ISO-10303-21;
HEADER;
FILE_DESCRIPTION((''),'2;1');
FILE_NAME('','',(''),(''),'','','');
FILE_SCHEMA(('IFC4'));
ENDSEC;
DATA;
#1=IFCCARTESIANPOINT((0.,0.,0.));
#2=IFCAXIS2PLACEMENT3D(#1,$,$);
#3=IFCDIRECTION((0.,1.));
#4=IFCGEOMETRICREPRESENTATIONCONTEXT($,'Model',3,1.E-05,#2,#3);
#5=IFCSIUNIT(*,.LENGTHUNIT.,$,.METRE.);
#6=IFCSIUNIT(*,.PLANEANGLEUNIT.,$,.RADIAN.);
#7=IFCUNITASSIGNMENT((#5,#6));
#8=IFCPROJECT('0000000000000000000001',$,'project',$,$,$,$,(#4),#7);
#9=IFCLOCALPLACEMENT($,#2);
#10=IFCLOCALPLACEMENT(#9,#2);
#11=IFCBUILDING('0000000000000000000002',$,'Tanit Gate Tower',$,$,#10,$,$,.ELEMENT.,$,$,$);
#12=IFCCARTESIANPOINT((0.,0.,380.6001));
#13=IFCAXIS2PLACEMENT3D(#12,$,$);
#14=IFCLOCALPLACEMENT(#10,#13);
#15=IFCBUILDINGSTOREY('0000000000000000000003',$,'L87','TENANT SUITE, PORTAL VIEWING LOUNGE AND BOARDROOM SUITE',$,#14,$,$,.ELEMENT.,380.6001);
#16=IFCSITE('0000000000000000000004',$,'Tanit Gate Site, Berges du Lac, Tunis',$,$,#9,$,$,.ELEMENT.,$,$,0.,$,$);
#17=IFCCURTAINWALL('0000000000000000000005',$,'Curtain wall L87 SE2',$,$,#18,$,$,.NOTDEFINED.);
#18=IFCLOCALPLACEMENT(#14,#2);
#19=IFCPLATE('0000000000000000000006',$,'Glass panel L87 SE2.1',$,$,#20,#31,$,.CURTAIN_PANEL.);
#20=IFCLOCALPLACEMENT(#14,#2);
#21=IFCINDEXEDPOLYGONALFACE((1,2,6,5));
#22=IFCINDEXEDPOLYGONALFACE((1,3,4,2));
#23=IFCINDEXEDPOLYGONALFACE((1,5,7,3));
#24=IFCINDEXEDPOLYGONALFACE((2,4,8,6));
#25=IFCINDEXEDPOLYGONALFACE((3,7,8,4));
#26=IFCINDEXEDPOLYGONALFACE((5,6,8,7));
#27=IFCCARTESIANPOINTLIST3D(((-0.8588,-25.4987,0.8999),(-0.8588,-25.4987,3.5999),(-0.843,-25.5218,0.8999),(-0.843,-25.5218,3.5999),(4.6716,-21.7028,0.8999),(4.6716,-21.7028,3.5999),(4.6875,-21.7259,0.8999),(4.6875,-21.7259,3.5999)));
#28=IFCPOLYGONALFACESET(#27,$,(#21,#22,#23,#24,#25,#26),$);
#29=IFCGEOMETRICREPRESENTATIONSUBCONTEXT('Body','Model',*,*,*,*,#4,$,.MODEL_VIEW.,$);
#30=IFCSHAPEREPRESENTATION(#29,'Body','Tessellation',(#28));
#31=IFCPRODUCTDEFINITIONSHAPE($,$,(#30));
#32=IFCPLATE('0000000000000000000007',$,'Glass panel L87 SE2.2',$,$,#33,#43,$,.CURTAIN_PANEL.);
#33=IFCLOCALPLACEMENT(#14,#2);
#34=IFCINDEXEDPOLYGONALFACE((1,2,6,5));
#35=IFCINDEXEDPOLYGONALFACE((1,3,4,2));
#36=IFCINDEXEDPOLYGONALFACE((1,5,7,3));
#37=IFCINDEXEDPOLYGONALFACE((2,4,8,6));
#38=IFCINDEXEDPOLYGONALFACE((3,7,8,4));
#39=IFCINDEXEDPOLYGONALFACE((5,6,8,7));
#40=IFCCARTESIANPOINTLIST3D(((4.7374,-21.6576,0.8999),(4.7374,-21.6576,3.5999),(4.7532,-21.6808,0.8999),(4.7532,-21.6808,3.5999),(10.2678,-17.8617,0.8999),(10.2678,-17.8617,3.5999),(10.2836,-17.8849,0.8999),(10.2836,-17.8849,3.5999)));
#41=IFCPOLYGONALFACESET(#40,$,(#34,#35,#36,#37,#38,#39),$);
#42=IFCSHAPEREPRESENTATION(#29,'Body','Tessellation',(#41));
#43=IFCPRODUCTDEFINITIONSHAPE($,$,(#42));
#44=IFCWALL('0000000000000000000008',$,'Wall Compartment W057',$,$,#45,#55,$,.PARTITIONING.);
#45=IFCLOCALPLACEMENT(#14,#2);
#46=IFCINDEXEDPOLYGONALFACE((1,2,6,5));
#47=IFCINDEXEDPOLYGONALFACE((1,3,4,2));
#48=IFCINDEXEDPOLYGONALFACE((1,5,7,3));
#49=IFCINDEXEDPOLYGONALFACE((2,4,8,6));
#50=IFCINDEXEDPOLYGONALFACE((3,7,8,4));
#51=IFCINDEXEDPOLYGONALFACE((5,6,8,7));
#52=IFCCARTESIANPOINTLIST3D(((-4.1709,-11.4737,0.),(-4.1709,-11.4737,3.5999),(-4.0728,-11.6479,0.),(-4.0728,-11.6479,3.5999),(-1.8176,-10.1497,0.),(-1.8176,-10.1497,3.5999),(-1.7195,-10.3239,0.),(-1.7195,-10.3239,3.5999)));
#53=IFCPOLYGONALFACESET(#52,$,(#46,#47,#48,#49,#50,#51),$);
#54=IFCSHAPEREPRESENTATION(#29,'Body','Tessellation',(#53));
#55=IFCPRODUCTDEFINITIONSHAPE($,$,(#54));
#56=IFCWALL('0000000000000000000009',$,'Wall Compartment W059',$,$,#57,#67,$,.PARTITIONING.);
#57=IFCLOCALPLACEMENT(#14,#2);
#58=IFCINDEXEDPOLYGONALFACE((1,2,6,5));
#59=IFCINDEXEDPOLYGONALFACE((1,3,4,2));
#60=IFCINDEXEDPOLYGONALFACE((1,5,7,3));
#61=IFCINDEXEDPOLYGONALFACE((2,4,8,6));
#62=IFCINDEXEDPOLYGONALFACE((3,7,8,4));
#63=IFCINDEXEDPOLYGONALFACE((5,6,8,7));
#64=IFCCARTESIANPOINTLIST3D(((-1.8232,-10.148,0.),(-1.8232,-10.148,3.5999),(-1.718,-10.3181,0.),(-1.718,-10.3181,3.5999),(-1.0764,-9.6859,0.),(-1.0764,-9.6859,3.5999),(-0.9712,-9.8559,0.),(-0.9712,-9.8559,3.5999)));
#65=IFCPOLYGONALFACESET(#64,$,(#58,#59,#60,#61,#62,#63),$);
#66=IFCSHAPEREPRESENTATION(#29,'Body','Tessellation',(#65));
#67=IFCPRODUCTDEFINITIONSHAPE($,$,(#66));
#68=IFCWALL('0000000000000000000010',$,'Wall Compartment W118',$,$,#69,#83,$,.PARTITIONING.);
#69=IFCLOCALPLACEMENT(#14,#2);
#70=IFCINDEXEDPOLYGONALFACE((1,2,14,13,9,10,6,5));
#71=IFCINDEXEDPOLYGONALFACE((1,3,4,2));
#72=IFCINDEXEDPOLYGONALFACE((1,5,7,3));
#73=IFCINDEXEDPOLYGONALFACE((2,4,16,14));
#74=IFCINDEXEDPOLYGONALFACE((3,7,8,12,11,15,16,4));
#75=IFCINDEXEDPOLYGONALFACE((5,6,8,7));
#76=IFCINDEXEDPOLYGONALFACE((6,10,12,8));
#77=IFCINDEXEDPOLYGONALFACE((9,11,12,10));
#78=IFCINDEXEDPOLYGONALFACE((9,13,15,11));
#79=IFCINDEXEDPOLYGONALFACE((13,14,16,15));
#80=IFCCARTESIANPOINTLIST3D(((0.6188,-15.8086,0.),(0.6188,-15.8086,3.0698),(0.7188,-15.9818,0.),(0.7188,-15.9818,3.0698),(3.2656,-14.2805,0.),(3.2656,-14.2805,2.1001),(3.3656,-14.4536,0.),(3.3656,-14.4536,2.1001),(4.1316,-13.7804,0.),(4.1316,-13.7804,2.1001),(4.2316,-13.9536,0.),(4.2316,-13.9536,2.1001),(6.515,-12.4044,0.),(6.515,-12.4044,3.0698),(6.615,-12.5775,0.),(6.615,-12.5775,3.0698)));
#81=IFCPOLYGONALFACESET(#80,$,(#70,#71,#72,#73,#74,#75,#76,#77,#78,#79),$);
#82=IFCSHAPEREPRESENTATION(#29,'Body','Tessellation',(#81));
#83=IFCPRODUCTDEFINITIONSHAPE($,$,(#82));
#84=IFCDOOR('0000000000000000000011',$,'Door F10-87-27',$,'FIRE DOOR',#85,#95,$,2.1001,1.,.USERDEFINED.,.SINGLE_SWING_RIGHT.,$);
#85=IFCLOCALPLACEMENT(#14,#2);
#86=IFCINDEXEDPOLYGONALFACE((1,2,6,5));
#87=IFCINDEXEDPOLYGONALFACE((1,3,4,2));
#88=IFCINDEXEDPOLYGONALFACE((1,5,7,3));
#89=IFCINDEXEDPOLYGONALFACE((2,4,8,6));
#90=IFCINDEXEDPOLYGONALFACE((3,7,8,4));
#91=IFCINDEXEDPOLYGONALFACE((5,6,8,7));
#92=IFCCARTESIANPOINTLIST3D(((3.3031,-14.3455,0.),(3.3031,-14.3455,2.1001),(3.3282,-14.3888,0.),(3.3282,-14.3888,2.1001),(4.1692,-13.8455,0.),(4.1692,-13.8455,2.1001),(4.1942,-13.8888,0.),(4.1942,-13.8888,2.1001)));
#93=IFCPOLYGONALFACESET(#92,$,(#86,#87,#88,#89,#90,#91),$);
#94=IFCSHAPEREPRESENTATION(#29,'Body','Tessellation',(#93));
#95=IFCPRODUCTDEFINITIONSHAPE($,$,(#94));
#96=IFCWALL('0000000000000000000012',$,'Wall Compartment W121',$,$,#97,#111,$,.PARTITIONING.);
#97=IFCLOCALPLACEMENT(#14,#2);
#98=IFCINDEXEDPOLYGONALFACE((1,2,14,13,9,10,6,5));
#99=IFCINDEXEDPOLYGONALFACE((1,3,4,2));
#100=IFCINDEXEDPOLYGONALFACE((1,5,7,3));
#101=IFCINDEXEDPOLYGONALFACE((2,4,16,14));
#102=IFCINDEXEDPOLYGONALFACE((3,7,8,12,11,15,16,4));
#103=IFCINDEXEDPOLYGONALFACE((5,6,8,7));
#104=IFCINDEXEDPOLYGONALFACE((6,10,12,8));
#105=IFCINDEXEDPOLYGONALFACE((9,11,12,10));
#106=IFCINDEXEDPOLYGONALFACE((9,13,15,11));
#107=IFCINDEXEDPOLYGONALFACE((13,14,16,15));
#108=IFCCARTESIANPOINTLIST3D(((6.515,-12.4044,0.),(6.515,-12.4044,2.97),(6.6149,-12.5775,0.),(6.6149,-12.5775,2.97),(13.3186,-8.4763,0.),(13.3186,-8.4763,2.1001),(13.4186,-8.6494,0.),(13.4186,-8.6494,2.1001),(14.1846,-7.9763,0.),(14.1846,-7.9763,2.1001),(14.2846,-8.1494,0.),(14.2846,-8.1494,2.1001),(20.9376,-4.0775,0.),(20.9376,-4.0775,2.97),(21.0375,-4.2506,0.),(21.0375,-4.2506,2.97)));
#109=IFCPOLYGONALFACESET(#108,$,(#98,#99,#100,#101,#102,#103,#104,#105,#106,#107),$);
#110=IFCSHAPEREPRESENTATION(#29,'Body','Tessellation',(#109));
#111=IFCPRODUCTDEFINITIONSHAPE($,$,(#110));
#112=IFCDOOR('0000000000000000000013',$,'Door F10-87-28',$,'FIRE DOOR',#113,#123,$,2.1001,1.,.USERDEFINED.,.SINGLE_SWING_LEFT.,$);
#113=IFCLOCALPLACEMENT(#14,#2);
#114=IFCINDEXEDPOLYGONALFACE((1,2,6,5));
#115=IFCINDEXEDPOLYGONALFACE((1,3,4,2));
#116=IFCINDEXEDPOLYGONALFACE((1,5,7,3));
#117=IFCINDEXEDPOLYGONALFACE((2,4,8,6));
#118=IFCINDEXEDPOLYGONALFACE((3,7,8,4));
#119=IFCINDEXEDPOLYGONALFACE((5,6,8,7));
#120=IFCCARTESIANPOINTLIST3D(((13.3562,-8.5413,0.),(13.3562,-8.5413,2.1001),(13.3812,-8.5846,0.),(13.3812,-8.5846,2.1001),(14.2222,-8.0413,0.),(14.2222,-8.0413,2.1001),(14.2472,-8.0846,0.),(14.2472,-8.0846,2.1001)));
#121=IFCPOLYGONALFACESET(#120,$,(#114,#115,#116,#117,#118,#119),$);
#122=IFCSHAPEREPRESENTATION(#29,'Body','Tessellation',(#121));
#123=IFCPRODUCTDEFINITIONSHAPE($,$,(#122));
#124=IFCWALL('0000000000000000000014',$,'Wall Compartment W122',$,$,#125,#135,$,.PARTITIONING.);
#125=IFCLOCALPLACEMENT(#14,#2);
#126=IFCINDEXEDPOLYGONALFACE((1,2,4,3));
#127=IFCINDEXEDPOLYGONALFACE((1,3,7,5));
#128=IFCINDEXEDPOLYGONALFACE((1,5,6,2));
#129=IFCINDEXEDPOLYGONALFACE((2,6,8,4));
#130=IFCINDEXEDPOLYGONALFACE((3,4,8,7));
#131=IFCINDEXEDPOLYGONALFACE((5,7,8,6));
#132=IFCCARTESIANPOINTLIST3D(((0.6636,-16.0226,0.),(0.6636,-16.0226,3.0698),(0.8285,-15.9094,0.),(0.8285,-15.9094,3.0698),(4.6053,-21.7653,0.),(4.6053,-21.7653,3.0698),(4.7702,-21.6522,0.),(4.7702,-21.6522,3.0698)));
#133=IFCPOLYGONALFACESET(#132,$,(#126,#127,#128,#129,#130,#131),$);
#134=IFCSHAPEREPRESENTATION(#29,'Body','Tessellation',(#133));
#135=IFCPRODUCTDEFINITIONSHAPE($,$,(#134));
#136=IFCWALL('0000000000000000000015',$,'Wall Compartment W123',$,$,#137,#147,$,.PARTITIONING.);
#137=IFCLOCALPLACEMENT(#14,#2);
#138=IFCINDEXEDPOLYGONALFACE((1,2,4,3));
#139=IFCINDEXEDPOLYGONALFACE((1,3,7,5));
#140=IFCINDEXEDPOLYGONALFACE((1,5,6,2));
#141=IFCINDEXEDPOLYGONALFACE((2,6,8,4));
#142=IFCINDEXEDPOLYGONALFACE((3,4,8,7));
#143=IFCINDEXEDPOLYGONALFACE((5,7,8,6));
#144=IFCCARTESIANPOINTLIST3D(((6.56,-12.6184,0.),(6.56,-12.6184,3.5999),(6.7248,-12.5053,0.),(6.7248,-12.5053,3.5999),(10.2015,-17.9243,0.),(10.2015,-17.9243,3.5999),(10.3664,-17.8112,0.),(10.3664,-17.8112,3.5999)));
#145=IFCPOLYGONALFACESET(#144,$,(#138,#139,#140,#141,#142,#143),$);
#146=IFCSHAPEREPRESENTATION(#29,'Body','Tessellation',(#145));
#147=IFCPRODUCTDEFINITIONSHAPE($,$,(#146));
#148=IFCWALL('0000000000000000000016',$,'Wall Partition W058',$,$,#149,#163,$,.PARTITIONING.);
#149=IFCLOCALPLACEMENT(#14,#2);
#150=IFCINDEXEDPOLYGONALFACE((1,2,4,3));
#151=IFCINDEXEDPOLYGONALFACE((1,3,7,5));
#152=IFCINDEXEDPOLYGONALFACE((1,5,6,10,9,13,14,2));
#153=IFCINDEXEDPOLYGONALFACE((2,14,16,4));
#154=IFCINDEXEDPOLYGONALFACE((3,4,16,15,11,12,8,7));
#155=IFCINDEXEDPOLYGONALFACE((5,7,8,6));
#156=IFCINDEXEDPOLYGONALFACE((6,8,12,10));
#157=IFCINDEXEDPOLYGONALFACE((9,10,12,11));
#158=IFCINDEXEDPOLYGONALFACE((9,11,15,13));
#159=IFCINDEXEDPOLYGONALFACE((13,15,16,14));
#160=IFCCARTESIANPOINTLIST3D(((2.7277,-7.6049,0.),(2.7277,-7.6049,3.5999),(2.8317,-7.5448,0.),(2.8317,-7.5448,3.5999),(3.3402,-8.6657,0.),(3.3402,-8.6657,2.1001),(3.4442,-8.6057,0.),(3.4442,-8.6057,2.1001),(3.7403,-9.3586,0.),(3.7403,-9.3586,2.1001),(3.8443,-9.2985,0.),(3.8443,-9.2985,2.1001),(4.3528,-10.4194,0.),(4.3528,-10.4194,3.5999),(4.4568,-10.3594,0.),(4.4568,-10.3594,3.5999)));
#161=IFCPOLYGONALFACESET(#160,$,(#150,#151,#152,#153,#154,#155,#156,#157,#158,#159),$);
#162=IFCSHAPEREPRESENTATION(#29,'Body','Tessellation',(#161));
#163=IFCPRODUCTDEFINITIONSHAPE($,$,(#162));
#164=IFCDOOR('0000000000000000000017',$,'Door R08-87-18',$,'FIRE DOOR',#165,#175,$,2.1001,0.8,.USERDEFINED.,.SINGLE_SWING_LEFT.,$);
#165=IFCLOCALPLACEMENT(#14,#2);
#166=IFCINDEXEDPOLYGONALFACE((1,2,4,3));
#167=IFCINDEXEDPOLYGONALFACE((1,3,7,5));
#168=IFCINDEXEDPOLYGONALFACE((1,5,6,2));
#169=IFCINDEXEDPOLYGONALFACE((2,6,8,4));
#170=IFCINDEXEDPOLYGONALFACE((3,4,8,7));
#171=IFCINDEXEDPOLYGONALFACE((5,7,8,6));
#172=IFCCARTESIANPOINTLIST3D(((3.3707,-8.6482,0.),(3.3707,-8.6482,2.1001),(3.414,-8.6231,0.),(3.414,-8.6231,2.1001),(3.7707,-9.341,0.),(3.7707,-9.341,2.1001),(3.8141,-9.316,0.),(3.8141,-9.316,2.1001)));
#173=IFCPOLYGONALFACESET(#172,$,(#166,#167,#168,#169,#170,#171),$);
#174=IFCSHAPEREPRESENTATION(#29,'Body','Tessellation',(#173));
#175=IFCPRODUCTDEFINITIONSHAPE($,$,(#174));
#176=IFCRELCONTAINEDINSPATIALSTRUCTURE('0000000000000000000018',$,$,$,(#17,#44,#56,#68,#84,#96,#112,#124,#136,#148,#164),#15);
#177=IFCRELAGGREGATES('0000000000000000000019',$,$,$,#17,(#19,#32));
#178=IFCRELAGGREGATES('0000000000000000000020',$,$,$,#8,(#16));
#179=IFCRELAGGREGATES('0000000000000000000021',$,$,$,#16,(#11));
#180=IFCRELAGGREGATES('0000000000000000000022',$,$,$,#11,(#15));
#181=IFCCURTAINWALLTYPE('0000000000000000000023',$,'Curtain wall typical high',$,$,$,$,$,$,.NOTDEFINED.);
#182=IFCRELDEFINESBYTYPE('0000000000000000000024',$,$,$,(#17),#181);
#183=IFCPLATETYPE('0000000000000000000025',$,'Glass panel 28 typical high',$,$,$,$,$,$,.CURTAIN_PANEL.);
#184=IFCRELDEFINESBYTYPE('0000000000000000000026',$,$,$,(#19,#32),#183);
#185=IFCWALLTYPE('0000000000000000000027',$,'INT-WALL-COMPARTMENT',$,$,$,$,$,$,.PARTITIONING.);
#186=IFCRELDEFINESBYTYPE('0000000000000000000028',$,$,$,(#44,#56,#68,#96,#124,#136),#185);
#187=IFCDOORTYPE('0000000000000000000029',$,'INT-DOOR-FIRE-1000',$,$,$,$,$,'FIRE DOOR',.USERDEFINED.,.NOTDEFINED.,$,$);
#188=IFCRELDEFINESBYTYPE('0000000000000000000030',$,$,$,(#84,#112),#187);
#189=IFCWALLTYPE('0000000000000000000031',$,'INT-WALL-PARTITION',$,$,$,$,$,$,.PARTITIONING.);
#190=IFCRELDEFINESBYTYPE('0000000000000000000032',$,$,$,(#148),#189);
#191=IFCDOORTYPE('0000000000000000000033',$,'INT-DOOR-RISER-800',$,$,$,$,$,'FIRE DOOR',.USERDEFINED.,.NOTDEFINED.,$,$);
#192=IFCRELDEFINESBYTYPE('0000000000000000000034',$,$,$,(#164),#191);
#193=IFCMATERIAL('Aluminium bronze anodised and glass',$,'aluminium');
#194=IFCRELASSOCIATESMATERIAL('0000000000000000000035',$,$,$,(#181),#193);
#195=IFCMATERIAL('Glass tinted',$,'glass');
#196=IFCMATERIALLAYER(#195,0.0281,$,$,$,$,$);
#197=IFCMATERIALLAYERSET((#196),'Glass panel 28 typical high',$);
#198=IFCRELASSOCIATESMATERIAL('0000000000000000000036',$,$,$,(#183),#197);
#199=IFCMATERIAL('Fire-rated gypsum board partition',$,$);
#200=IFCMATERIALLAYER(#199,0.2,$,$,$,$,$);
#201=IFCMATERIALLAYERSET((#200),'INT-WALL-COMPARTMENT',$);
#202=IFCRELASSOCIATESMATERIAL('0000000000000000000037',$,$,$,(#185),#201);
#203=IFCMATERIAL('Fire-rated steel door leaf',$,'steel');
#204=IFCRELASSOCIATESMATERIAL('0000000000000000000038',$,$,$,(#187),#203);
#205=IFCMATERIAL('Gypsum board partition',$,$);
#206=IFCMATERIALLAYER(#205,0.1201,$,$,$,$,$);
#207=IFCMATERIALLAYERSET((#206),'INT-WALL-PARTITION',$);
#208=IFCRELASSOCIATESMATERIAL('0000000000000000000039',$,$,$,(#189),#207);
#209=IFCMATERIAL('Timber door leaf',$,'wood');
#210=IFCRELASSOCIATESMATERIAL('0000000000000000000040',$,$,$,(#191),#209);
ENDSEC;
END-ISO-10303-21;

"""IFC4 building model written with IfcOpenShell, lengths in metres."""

from ifc_helpers import new_model, si_unit, direction, frame, frame_2d, origin, origin_2d, place, context, subcontext, project, spatial, rectangle, extrude, material, layer, layer_set, type_object, element, fill, aggregate, save


model = new_model("IFC4")

# Units and contexts
model_context = context("Model", 3, precision=1e-05, world=origin(), true_north=direction((0.0, 1.0)))
body_context = subcontext(model_context, "Body", "Model", "MODEL_VIEW")
ifc_project = project(units=[si_unit("LENGTHUNIT", "METRE"), si_unit("PLANEANGLEUNIT", "RADIAN")], contexts=[model_context])

# Site, building, storey
site_placement = place(None, origin())
site = spatial("IfcSite", under=ifc_project, at=site_placement, Name="Tanit Gate Site, Berges du Lac, Tunis", CompositionType="ELEMENT", RefElevation=0.0)
building_placement = place(site_placement, origin())
building = spatial("IfcBuilding", under=site, at=building_placement, Name="Tanit Gate Tower", CompositionType="ELEMENT")
storey_placement = place(building_placement, frame((0.0, 0.0, 380.6001)))
storey = spatial("IfcBuildingStorey", under=building, at=storey_placement, Name="L87", Description="TENANT SUITE, PORTAL VIEWING LOUNGE AND BOARDROOM SUITE", CompositionType="ELEMENT", Elevation=380.6001)

# Curtain wall
ifc_material_1 = material(Name="Aluminium bronze anodised and glass", Category="aluminium")
curtain_wall_type = type_object("IfcCurtainWallType", Name="Curtain wall typical high", PredefinedType="NOTDEFINED", material=ifc_material_1)
curtain_wall_1_placement = place(storey_placement, origin())
curtain_wall_1 = element("IfcCurtainWall", 1, at=curtain_wall_1_placement, inside=storey, type_object=curtain_wall_type, Name="Curtain wall L87 SE2", PredefinedType="NOTDEFINED")

# Plates
ifc_material_2 = material(Name="Glass tinted", Category="glass")
ifc_layer_1 = layer(ifc_material_2, 0.0281)
ifc_layer_set_1 = layer_set([ifc_layer_1], Name="Glass panel 28 typical high")
plate_type = type_object("IfcPlateType", Name="Glass panel 28 typical high", PredefinedType="CURTAIN_PANEL", material=ifc_layer_set_1)
plate_1_placement = place(storey_placement, frame((1.9143, -23.6123, 0.8999), z_axis=(0.0, 0.0, 1.0), x_axis=(0.824479, 0.565893, 0.0)))
plate_1 = element("IfcPlate", 2, at=plate_1_placement, type_object=plate_type, Name="Glass panel L87 SE2.1", PredefinedType="CURTAIN_PANEL", context=body_context, shape_type="SweptSolid", body=[
    extrude(rectangle(XDim=6.7078, YDim=0.0281, at=origin_2d()), origin(), (0.0, 0.0, 1.0), 2.7),
])
plate_2_placement = place(storey_placement, frame((7.5105, -19.7712, 0.8999), z_axis=(0.0, 0.0, 1.0), x_axis=(0.824479, 0.565893, 0.0)))
plate_2 = element("IfcPlate", 3, at=plate_2_placement, type_object=plate_type, Name="Glass panel L87 SE2.2", PredefinedType="CURTAIN_PANEL", context=body_context, shape_type="SweptSolid", body=[
    extrude(rectangle(XDim=6.7078, YDim=0.0281, at=origin_2d()), origin(), (0.0, 0.0, 1.0), 2.7),
])
aggregate(curtain_wall_1, [plate_1, plate_2])

# Walls
ifc_material_3 = material(Name="Fire-rated gypsum board partition")
ifc_layer_2 = layer(ifc_material_3, 0.2)
ifc_layer_set_2 = layer_set([ifc_layer_2], Name="INT-WALL-COMPARTMENT")
wall_type_1 = type_object("IfcWallType", Name="INT-WALL-COMPARTMENT", PredefinedType="PARTITIONING", material=ifc_layer_set_2)
wall_1_placement = place(storey_placement, frame((-1.7686, -10.2368, 0.0), z_axis=(0.0, 0.0, 1.0), x_axis=(-0.871534, -0.490334, 0.0)))
element("IfcWall", 4, at=wall_1_placement, inside=storey, type_object=wall_type_1, Name="Wall Compartment W057", PredefinedType="PARTITIONING", context=body_context, shape_type="SweptSolid", body=[
    extrude(rectangle(XDim=2.7002, YDim=0.2, at=frame_2d((1.3501, 0.0))), origin(), (0.0, 0.0, 1.0), 3.5999),
])
wall_2_placement = place(storey_placement, frame((-1.0239, -9.771, 0.0), z_axis=(0.0, 0.0, 1.0), x_axis=(-0.850348, -0.526221, 0.0)))
element("IfcWall", 5, at=wall_2_placement, inside=storey, type_object=wall_type_1, Name="Wall Compartment W059", PredefinedType="PARTITIONING", context=body_context, shape_type="SweptSolid", body=[
    extrude(rectangle(XDim=0.8782, YDim=0.2, at=frame_2d((0.439, 0.0))), origin(), (0.0, 0.0, 1.0), 3.5999),
])

# Walls, openings, doors
wall_3_placement = place(storey_placement, frame((0.6687, -15.8953, 0.0), z_axis=(0.0, 0.0, 1.0), x_axis=(0.866019, 0.500011, 0.0)))
wall_3 = element("IfcWall", 6, at=wall_3_placement, inside=storey, type_object=wall_type_1, Name="Wall Compartment W118", PredefinedType="PARTITIONING", context=body_context, shape_type="SweptSolid", body=[
    extrude(rectangle(XDim=6.8083, YDim=0.2, at=frame_2d((3.4043, 0.0))), origin(), (0.0, 0.0, 1.0), 3.0698),
])
opening_1_placement = place(wall_3_placement, frame((3.0564, 0.0, 0.0)))
opening_1 = element("IfcOpeningElement", 7, at=opening_1_placement, cuts=wall_3, PredefinedType="OPENING", context=body_context, shape_type="SweptSolid", body=[
    extrude(rectangle(XDim=1.0, YDim=2.1001, at=frame_2d((0.5, 1.05))), frame((0.0, 0.1099, 0.0), z_axis=(0.0, -1.0, 0.0), x_axis=(1.0, 0.0, 0.0)), (0.0, 0.0, 1.0), 0.22),
])
ifc_material_4 = material(Name="Fire-rated steel door leaf", Category="steel")
door_type_1 = type_object("IfcDoorType", Name="INT-DOOR-FIRE-1000", ElementType="FIRE DOOR", OperationType="NOTDEFINED", PredefinedType="USERDEFINED", material=ifc_material_4)
door_1_placement = place(opening_1_placement, origin())
door_1 = element("IfcDoor", 8, at=door_1_placement, inside=storey, type_object=door_type_1, Name="Door F10-87-27", ObjectType="FIRE DOOR", OperationType="SINGLE_SWING_RIGHT", OverallHeight=2.1001, OverallWidth=1.0, PredefinedType="USERDEFINED", context=body_context, shape_type="SweptSolid", body=[
    extrude(rectangle(XDim=1.0, YDim=2.1001, at=frame_2d((0.5, 1.05))), frame((0.0, 0.0249, 0.0), z_axis=(0.0, -1.0, 0.0), x_axis=(1.0, 0.0, 0.0)), (0.0, 0.0, 1.0), 0.05),
])
fill(opening_1, door_1)
wall_4_placement = place(storey_placement, frame((6.5649, -12.491, 0.0), z_axis=(0.0, 0.0, 1.0), x_axis=(0.866025, 0.5, 0.0)))
wall_4 = element("IfcWall", 9, at=wall_4_placement, inside=storey, type_object=wall_type_1, Name="Wall Compartment W121", PredefinedType="PARTITIONING", context=body_context, shape_type="SweptSolid", body=[
    extrude(rectangle(XDim=16.6538, YDim=0.2, at=frame_2d((8.3269, 0.0))), origin(), (0.0, 0.0, 1.0), 2.97),
])
opening_2_placement = place(wall_4_placement, frame((7.8562, 0.0, 0.0)))
opening_2 = element("IfcOpeningElement", 10, at=opening_2_placement, cuts=wall_4, PredefinedType="OPENING", context=body_context, shape_type="SweptSolid", body=[
    extrude(rectangle(XDim=1.0, YDim=2.1001, at=frame_2d((0.5, 1.05))), frame((0.0, 0.1099, 0.0), z_axis=(0.0, -1.0, 0.0), x_axis=(1.0, 0.0, 0.0)), (0.0, 0.0, 1.0), 0.22),
])
door_2_placement = place(opening_2_placement, origin())
door_2 = element("IfcDoor", 11, at=door_2_placement, inside=storey, type_object=door_type_1, Name="Door F10-87-28", ObjectType="FIRE DOOR", OperationType="SINGLE_SWING_LEFT", OverallHeight=2.1001, OverallWidth=1.0, PredefinedType="USERDEFINED", context=body_context, shape_type="SweptSolid", body=[
    extrude(rectangle(XDim=1.0, YDim=2.1001, at=frame_2d((0.5, 1.05))), frame((0.0, 0.0249, 0.0), z_axis=(0.0, -1.0, 0.0), x_axis=(1.0, 0.0, 0.0)), (0.0, 0.0, 1.0), 0.05),
])
fill(opening_2, door_2)

# Walls
wall_5_placement = place(storey_placement, frame((4.6877, -21.7087, 0.0), z_axis=(0.0, 0.0, 1.0), x_axis=(-0.565901, 0.824473, 0.0)))
element("IfcWall", 12, at=wall_5_placement, inside=storey, type_object=wall_type_1, Name="Wall Compartment W122", PredefinedType="PARTITIONING", context=body_context, shape_type="SweptSolid", body=[
    extrude(rectangle(XDim=6.9653, YDim=0.2, at=frame_2d((3.4827, 0.0))), origin(), (0.0, 0.0, 1.0), 3.0698),
])
wall_6_placement = place(storey_placement, frame((6.6423, -12.5618, 0.0), z_axis=(0.0, 0.0, 1.0), x_axis=(0.565873, -0.824492, 0.0)))
element("IfcWall", 13, at=wall_6_placement, inside=storey, type_object=wall_type_1, Name="Wall Compartment W123", PredefinedType="PARTITIONING", context=body_context, shape_type="SweptSolid", body=[
    extrude(rectangle(XDim=6.4353, YDim=0.2, at=frame_2d((3.2178, 0.0))), origin(), (0.0, 0.0, 1.0), 3.5999),
])

# Wall, opening, door
ifc_material_5 = material(Name="Gypsum board partition")
ifc_layer_3 = layer(ifc_material_5, 0.1201)
ifc_layer_set_3 = layer_set([ifc_layer_3], Name="INT-WALL-PARTITION")
wall_type_2 = type_object("IfcWallType", Name="INT-WALL-PARTITION", PredefinedType="PARTITIONING", material=ifc_layer_set_3)
wall_7_placement = place(storey_placement, frame((4.4048, -10.3894, 0.0), z_axis=(0.0, 0.0, 1.0), x_axis=(-0.500017, 0.866015, 0.0)))
wall_7 = element("IfcWall", 14, at=wall_7_placement, inside=storey, type_object=wall_type_2, Name="Wall Partition W058", PredefinedType="PARTITIONING", context=body_context, shape_type="SweptSolid", body=[
    extrude(rectangle(XDim=3.25, YDim=0.1201, at=frame_2d((1.625, 0.0))), origin(), (0.0, 0.0, 1.0), 3.5999),
])
opening_3_placement = place(wall_7_placement, frame((1.2251, 0.0, 0.0)))
opening_3 = element("IfcOpeningElement", 15, at=opening_3_placement, cuts=wall_7, PredefinedType="OPENING", context=body_context, shape_type="SweptSolid", body=[
    extrude(rectangle(XDim=0.8, YDim=2.1001, at=frame_2d((0.3999, 1.05))), frame((0.0, 0.0701, 0.0), z_axis=(0.0, -1.0, 0.0), x_axis=(1.0, 0.0, 0.0)), (0.0, 0.0, 1.0), 0.1401),
])
ifc_material_6 = material(Name="Timber door leaf", Category="wood")
door_type_2 = type_object("IfcDoorType", Name="INT-DOOR-RISER-800", ElementType="FIRE DOOR", OperationType="NOTDEFINED", PredefinedType="USERDEFINED", material=ifc_material_6)
door_3_placement = place(opening_3_placement, origin())
door_3 = element("IfcDoor", 16, at=door_3_placement, inside=storey, type_object=door_type_2, Name="Door R08-87-18", ObjectType="FIRE DOOR", OperationType="SINGLE_SWING_LEFT", OverallHeight=2.1001, OverallWidth=0.8, PredefinedType="USERDEFINED", context=body_context, shape_type="SweptSolid", body=[
    extrude(rectangle(XDim=0.8, YDim=2.1001, at=frame_2d((0.3999, 1.05))), frame((0.0, 0.0249, 0.0), z_axis=(0.0, -1.0, 0.0), x_axis=(1.0, 0.0, 0.0)), (0.0, 0.0, 1.0), 0.05),
])
fill(opening_3, door_3)

save(model, "model.ifc")
